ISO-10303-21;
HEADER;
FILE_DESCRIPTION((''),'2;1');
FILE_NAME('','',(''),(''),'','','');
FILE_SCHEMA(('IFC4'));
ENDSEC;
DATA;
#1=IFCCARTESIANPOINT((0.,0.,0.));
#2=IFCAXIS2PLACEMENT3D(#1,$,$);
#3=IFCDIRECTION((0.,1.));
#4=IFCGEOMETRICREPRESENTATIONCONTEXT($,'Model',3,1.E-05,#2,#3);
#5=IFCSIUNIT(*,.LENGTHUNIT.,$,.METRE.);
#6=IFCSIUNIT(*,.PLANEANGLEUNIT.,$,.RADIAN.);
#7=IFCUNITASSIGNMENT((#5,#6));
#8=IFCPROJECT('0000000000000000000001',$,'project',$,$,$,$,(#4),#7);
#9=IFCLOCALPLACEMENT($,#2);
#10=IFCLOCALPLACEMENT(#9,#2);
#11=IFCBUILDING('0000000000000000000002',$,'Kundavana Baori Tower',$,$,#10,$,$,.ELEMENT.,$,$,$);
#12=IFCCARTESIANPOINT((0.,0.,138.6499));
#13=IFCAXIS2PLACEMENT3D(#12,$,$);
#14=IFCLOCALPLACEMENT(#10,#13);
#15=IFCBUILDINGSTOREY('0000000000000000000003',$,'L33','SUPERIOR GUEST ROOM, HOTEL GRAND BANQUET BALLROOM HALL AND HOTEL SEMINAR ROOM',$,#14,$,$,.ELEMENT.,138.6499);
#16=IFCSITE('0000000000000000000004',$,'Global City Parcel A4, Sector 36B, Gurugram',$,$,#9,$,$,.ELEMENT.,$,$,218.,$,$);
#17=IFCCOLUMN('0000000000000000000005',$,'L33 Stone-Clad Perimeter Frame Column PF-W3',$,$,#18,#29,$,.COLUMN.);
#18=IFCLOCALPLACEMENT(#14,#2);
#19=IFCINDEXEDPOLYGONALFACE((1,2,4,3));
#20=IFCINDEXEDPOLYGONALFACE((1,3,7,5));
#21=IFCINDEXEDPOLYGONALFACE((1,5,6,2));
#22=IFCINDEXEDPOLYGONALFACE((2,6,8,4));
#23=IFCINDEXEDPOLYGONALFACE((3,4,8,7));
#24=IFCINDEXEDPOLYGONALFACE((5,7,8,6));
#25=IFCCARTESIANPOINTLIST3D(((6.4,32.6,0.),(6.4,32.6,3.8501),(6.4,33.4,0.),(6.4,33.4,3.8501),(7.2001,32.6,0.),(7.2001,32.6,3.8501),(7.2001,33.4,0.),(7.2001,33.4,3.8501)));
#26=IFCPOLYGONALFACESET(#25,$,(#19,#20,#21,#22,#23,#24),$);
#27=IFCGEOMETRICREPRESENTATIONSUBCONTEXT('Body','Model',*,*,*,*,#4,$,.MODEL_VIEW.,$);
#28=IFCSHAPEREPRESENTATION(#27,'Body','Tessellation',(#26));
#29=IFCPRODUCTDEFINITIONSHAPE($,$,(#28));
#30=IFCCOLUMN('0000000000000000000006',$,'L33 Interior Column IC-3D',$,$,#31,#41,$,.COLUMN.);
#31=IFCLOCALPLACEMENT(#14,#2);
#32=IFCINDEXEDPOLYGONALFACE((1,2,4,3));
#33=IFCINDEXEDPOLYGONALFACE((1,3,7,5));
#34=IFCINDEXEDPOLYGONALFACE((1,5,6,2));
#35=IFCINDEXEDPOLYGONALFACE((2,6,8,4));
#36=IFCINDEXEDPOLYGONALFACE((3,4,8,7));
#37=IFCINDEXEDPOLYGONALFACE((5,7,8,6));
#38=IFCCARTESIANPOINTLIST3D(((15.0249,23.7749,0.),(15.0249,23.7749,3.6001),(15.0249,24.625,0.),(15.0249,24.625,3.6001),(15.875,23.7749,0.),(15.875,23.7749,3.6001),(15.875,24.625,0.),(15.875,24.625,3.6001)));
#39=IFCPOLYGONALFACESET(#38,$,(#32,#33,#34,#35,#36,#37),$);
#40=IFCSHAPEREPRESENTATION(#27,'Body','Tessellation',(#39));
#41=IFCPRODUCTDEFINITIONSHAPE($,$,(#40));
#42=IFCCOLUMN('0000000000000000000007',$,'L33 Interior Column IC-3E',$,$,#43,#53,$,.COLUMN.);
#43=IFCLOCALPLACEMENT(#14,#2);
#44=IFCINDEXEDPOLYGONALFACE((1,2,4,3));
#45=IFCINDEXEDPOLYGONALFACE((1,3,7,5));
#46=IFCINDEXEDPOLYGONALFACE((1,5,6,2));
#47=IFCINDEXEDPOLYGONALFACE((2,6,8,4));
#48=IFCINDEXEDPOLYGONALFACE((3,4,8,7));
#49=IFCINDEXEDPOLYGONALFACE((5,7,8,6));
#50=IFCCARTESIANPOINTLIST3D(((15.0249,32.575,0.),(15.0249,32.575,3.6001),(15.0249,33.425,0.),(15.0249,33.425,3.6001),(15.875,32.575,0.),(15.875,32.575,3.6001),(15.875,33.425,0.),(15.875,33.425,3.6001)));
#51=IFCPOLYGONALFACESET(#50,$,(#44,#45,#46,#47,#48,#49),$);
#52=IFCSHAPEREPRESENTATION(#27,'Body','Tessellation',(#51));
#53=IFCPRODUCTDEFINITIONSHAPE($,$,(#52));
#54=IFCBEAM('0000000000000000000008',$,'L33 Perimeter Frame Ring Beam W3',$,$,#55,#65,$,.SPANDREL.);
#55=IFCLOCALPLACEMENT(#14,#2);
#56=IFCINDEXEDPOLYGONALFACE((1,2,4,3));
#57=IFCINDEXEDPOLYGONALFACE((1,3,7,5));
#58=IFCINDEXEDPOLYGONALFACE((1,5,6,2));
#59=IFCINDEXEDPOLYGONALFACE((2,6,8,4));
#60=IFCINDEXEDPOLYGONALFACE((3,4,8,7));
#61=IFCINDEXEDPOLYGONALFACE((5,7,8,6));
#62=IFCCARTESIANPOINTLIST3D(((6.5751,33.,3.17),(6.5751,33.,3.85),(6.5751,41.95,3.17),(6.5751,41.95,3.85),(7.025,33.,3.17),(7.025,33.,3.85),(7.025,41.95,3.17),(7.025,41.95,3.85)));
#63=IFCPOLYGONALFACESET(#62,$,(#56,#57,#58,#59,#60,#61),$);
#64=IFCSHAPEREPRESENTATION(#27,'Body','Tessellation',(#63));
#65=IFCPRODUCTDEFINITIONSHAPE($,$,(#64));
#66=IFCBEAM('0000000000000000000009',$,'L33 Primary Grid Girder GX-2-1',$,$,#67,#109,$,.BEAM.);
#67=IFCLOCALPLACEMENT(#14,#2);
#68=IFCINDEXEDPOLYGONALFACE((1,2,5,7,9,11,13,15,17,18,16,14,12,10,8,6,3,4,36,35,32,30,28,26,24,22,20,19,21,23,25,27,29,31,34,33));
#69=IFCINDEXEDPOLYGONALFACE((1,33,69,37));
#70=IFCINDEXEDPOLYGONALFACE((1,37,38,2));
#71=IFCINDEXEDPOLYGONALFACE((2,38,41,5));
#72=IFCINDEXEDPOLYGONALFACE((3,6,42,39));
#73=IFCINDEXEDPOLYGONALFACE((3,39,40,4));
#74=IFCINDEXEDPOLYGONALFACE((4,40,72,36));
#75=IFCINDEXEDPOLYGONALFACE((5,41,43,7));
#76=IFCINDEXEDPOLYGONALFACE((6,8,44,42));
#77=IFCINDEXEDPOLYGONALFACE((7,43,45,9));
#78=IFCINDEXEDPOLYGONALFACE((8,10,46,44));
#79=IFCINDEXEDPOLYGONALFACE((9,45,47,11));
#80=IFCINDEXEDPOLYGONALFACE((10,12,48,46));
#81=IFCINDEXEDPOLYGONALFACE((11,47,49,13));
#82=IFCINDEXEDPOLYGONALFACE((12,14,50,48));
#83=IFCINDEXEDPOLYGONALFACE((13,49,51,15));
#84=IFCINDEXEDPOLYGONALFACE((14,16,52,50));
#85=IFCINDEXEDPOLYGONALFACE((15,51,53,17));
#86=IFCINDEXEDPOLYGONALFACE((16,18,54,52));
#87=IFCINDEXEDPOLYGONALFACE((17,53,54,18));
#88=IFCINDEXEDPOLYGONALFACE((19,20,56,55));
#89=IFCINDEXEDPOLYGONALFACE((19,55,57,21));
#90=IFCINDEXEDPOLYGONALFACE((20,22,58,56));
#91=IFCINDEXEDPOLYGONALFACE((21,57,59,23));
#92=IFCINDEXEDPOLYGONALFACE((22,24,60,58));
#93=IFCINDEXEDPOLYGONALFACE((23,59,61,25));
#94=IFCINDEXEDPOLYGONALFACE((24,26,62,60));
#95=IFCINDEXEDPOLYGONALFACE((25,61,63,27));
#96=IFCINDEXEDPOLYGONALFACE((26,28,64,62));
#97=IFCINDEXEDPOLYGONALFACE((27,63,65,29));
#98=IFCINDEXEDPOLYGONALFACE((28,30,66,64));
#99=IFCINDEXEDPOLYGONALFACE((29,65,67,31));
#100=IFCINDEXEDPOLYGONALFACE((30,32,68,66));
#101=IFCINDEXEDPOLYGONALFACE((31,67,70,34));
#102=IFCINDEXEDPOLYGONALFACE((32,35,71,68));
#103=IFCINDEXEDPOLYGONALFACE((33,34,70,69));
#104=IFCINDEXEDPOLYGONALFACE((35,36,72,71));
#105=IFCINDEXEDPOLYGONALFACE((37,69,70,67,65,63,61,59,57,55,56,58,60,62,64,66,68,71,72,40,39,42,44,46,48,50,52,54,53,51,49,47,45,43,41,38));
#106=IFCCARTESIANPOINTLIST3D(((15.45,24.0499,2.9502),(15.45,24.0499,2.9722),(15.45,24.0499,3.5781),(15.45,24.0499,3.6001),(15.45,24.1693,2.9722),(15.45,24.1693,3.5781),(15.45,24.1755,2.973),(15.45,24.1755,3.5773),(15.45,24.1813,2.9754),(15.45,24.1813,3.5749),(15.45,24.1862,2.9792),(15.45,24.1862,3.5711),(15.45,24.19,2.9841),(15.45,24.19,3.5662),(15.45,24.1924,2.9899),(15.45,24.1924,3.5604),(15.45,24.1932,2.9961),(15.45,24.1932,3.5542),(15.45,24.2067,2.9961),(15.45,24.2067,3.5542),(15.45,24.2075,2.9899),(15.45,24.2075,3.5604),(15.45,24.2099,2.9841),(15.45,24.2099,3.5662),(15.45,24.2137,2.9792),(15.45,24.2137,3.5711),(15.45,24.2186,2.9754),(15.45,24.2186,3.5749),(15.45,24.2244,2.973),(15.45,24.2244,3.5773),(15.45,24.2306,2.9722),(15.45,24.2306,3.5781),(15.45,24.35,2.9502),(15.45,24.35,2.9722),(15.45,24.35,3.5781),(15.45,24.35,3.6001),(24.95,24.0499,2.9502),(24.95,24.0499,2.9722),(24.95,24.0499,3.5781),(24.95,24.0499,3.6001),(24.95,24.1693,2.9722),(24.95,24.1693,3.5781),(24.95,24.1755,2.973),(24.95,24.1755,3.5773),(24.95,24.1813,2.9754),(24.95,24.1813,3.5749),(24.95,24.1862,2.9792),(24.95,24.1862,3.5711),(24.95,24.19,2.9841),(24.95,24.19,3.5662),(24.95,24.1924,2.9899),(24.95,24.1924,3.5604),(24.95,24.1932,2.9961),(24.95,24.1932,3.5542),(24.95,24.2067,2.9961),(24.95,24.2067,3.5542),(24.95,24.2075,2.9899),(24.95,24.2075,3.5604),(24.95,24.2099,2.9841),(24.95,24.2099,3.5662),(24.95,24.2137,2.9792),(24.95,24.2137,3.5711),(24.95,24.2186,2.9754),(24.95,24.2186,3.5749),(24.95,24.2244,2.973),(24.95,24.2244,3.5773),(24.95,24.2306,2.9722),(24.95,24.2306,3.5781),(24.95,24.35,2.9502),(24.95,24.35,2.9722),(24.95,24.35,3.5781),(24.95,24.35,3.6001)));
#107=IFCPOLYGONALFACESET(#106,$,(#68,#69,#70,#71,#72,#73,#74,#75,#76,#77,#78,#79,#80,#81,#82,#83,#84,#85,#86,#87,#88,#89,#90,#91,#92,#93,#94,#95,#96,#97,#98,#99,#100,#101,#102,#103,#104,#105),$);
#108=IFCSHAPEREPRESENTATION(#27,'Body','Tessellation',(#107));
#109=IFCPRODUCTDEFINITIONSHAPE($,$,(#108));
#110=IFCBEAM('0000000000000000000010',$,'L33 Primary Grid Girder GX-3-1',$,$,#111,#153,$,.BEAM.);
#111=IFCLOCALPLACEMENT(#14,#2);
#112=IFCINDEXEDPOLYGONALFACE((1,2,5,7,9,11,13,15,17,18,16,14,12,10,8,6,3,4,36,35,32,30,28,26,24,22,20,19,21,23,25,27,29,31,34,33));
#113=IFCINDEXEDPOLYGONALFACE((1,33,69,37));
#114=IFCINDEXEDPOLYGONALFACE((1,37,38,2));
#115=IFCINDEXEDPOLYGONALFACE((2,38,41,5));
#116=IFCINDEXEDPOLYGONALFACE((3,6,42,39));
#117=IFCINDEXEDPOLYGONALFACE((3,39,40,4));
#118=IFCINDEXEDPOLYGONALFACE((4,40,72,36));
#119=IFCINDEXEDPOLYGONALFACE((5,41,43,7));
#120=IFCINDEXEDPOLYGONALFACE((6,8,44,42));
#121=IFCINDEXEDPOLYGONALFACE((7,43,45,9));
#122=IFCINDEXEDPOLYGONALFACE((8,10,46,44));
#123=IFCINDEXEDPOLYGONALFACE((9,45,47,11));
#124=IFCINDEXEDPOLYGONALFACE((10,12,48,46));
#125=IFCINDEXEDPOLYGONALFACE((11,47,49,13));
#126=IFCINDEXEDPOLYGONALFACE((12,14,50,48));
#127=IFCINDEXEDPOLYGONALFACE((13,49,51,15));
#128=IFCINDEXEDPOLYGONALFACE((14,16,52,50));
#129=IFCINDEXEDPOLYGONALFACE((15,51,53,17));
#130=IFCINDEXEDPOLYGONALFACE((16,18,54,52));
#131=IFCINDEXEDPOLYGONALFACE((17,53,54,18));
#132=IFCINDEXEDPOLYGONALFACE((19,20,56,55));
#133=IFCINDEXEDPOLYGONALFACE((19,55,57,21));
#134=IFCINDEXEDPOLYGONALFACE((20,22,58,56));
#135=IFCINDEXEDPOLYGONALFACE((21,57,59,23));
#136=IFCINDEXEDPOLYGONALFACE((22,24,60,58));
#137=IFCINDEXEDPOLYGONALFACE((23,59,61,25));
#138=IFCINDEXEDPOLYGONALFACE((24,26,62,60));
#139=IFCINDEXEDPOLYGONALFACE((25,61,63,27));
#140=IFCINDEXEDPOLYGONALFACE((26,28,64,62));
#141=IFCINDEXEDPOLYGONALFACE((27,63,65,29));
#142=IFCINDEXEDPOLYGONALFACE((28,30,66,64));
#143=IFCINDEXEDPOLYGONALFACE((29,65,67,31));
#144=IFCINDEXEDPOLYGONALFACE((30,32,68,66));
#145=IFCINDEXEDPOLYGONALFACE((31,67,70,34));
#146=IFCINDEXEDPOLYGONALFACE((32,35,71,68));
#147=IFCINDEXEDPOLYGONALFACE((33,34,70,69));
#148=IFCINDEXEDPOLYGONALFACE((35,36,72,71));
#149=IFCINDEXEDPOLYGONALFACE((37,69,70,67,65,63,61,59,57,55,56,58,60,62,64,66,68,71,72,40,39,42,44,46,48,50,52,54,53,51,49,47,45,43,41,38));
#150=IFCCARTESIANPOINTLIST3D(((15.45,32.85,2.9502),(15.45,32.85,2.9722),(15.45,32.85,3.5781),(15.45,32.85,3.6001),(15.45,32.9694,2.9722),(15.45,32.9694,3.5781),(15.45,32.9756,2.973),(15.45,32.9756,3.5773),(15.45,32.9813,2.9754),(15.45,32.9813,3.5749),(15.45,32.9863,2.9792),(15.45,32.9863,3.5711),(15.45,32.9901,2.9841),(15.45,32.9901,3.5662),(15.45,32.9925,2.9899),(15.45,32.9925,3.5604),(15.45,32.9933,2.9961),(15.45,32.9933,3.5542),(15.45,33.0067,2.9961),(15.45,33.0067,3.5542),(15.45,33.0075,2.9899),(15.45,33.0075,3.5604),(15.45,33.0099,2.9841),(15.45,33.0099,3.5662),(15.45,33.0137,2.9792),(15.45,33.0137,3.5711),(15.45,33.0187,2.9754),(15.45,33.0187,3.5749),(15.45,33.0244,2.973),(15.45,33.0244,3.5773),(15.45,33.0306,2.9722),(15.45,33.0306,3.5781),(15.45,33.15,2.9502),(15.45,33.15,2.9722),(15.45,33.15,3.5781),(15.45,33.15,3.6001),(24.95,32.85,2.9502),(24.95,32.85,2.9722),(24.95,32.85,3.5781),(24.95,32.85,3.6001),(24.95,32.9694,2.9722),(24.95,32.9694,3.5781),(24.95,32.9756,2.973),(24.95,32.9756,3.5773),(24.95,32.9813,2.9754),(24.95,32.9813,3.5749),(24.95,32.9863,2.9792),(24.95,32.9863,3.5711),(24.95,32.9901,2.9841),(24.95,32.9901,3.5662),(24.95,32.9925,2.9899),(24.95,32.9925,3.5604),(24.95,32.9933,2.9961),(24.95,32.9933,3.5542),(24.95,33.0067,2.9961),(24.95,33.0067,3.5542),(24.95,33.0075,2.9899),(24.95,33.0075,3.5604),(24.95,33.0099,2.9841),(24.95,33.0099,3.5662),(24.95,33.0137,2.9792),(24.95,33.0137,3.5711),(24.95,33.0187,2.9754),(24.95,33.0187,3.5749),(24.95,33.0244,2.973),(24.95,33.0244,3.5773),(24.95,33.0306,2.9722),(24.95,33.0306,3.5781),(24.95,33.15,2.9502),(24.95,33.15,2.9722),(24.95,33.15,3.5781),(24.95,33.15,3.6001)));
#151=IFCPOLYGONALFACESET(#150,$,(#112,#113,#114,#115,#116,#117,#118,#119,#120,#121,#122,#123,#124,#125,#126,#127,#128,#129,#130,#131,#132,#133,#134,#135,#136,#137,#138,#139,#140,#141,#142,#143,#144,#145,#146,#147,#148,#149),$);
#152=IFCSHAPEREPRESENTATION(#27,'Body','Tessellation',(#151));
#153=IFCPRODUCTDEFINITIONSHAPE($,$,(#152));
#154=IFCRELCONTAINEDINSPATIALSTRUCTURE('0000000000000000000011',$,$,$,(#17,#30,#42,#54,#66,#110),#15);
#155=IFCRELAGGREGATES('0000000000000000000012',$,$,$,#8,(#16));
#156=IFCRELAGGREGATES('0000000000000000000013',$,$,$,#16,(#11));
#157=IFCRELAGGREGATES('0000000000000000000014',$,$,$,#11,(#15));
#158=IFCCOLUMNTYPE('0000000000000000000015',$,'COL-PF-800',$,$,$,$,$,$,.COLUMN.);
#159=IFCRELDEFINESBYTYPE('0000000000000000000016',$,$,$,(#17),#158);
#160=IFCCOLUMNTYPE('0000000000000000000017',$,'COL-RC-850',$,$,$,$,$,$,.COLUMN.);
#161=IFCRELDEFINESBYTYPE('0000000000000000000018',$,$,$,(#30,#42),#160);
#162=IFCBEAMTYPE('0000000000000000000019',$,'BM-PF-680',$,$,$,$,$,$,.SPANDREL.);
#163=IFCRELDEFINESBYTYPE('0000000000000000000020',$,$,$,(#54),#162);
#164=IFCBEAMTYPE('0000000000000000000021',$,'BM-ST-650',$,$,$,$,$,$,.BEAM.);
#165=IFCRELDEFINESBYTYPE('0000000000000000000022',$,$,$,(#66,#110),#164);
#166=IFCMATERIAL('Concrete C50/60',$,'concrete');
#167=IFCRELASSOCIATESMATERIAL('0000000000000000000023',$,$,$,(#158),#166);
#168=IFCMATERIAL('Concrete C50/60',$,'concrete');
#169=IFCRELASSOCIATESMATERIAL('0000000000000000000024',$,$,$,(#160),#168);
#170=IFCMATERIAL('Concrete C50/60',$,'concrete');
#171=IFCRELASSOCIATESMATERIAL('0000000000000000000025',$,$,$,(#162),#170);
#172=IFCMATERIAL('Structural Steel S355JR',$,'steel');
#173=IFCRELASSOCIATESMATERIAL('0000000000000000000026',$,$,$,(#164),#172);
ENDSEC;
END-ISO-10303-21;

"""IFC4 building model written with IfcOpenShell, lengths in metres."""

from ifc_helpers import new_model, si_unit, direction, frame, origin, origin_2d, place, context, subcontext, project, spatial, rectangle, i_section, extrude, material, material_profile, profile_set, type_object, element, save


model = new_model("IFC4")

# Units and contexts
model_context = context("Model", 3, precision=1e-05, world=origin(), true_north=direction((0.0, 1.0)))
body_context = subcontext(model_context, "Body", "Model", "MODEL_VIEW")
ifc_project = project(units=[si_unit("LENGTHUNIT", "METRE"), si_unit("PLANEANGLEUNIT", "RADIAN")], contexts=[model_context])

# Site, building, storey
site_placement = place(None, origin())
site = spatial("IfcSite", under=ifc_project, at=site_placement, Name="Global City Parcel A4, Sector 36B, Gurugram", CompositionType="ELEMENT", RefElevation=218.0)
building_placement = place(site_placement, origin())
building = spatial("IfcBuilding", under=site, at=building_placement, Name="Kundavana Baori Tower", CompositionType="ELEMENT")
storey_placement = place(building_placement, frame((0.0, 0.0, 138.6499)))
storey = spatial("IfcBuildingStorey", under=building, at=storey_placement, Name="L33", Description="SUPERIOR GUEST ROOM, HOTEL GRAND BANQUET BALLROOM HALL AND HOTEL SEMINAR ROOM", CompositionType="ELEMENT", Elevation=138.6499)

# Columns
ifc_material_1 = material(Name="Concrete C50/60", Category="concrete")
ifc_material_profile_1 = material_profile(ifc_material_1, rectangle(XDim=0.8, YDim=0.8, at=origin_2d()), Name="RC PF 800x800")
ifc_profile_set_1 = profile_set([ifc_material_profile_1], Name="Concrete C50/60")
column_type_1 = type_object("IfcColumnType", Name="COL-PF-800", PredefinedType="COLUMN", material=ifc_profile_set_1)
column_placement = place(storey_placement, frame((6.8, 33.0, 0.0), z_axis=(0.0, 0.0, 1.0), x_axis=(1.0, 0.0, 0.0)))
element("IfcColumn", 1, at=column_placement, inside=storey, type_object=column_type_1, Name="L33 Stone-Clad Perimeter Frame Column PF-W3", PredefinedType="COLUMN", context=body_context, shape_type="SweptSolid", body=[
    extrude(rectangle(XDim=0.8, YDim=0.8, at=origin_2d()), origin(), (0.0, 0.0, 1.0), 3.8501),
])
ifc_material_2 = material(Name="Concrete C50/60", Category="concrete")
ifc_material_profile_2 = material_profile(ifc_material_2, rectangle(XDim=0.8501, YDim=0.8501, at=origin_2d()), Name="RC 850x850")
ifc_profile_set_2 = profile_set([ifc_material_profile_2], Name="Concrete C50/60")
column_type_2 = type_object("IfcColumnType", Name="COL-RC-850", PredefinedType="COLUMN", material=ifc_profile_set_2)
for number, where, z_axis, x_axis, name in (
    (2, (15.45, 24.2, 0.0), (0.0, 0.0, 1.0), (1.0, 0.0, 0.0), "L33 Interior Column IC-3D"),
    (3, (15.45, 33.0, 0.0), (0.0, 0.0, 1.0), (1.0, 0.0, 0.0), "L33 Interior Column IC-3E"),
):
    element("IfcColumn", number, at=place(storey_placement, frame(where, z_axis=z_axis, x_axis=x_axis)), inside=storey, type_object=column_type_2, Name=name, PredefinedType="COLUMN", context=body_context, shape_type="SweptSolid", body=[
        extrude(rectangle(XDim=0.8501, YDim=0.8501, at=origin_2d()), origin(), (0.0, 0.0, 1.0), 3.6001),
    ])

# Beams
ifc_material_3 = material(Name="Concrete C50/60", Category="concrete")
ifc_material_profile_3 = material_profile(ifc_material_3, rectangle(XDim=0.45, YDim=0.6799, at=origin_2d()), Name="RC BM 450x680")
ifc_profile_set_3 = profile_set([ifc_material_profile_3], Name="Concrete C50/60")
beam_type_1 = type_object("IfcBeamType", Name="BM-PF-680", PredefinedType="SPANDREL", material=ifc_profile_set_3)
beam_placement = place(storey_placement, frame((6.8, 33.0, 3.51), z_axis=(0.0, 1.0, 0.0), x_axis=(-1.0, 0.0, 0.0)))
element("IfcBeam", 4, at=beam_placement, inside=storey, type_object=beam_type_1, Name="L33 Perimeter Frame Ring Beam W3", PredefinedType="SPANDREL", context=body_context, shape_type="SweptSolid", body=[
    extrude(rectangle(XDim=0.45, YDim=0.6799, at=origin_2d()), origin(), (0.0, 0.0, 1.0), 8.95),
])
ifc_material_4 = material(Name="Structural Steel S355JR", Category="steel")
ifc_material_profile_4 = material_profile(ifc_material_4, i_section(OverallWidth=0.3, OverallDepth=0.6499, WebThickness=0.0134, FlangeThickness=0.022, FilletRadius=0.0239, at=origin_2d()), Name="NPB 650x300x155")
ifc_profile_set_4 = profile_set([ifc_material_profile_4], Name="Structural Steel S355JR")
beam_type_2 = type_object("IfcBeamType", Name="BM-ST-650", PredefinedType="BEAM", material=ifc_profile_set_4)
for number, where, z_axis, x_axis, name in (
    (5, (15.45, 24.2, 3.2751), (1.0, 0.0, 0.0), (0.0, 1.0, 0.0), "L33 Primary Grid Girder GX-2-1"),
    (6, (15.45, 33.0, 3.2751), (1.0, 0.0, 0.0), (0.0, 1.0, 0.0), "L33 Primary Grid Girder GX-3-1"),
):
    element("IfcBeam", number, at=place(storey_placement, frame(where, z_axis=z_axis, x_axis=x_axis)), inside=storey, type_object=beam_type_2, Name=name, PredefinedType="BEAM", context=body_context, shape_type="SweptSolid", body=[
        extrude(i_section(OverallWidth=0.3, OverallDepth=0.6499, WebThickness=0.0134, FlangeThickness=0.022, FilletRadius=0.0239, at=origin_2d()), origin(), (0.0, 0.0, 1.0), 9.5),
    ])

save(model, "model.ifc")
